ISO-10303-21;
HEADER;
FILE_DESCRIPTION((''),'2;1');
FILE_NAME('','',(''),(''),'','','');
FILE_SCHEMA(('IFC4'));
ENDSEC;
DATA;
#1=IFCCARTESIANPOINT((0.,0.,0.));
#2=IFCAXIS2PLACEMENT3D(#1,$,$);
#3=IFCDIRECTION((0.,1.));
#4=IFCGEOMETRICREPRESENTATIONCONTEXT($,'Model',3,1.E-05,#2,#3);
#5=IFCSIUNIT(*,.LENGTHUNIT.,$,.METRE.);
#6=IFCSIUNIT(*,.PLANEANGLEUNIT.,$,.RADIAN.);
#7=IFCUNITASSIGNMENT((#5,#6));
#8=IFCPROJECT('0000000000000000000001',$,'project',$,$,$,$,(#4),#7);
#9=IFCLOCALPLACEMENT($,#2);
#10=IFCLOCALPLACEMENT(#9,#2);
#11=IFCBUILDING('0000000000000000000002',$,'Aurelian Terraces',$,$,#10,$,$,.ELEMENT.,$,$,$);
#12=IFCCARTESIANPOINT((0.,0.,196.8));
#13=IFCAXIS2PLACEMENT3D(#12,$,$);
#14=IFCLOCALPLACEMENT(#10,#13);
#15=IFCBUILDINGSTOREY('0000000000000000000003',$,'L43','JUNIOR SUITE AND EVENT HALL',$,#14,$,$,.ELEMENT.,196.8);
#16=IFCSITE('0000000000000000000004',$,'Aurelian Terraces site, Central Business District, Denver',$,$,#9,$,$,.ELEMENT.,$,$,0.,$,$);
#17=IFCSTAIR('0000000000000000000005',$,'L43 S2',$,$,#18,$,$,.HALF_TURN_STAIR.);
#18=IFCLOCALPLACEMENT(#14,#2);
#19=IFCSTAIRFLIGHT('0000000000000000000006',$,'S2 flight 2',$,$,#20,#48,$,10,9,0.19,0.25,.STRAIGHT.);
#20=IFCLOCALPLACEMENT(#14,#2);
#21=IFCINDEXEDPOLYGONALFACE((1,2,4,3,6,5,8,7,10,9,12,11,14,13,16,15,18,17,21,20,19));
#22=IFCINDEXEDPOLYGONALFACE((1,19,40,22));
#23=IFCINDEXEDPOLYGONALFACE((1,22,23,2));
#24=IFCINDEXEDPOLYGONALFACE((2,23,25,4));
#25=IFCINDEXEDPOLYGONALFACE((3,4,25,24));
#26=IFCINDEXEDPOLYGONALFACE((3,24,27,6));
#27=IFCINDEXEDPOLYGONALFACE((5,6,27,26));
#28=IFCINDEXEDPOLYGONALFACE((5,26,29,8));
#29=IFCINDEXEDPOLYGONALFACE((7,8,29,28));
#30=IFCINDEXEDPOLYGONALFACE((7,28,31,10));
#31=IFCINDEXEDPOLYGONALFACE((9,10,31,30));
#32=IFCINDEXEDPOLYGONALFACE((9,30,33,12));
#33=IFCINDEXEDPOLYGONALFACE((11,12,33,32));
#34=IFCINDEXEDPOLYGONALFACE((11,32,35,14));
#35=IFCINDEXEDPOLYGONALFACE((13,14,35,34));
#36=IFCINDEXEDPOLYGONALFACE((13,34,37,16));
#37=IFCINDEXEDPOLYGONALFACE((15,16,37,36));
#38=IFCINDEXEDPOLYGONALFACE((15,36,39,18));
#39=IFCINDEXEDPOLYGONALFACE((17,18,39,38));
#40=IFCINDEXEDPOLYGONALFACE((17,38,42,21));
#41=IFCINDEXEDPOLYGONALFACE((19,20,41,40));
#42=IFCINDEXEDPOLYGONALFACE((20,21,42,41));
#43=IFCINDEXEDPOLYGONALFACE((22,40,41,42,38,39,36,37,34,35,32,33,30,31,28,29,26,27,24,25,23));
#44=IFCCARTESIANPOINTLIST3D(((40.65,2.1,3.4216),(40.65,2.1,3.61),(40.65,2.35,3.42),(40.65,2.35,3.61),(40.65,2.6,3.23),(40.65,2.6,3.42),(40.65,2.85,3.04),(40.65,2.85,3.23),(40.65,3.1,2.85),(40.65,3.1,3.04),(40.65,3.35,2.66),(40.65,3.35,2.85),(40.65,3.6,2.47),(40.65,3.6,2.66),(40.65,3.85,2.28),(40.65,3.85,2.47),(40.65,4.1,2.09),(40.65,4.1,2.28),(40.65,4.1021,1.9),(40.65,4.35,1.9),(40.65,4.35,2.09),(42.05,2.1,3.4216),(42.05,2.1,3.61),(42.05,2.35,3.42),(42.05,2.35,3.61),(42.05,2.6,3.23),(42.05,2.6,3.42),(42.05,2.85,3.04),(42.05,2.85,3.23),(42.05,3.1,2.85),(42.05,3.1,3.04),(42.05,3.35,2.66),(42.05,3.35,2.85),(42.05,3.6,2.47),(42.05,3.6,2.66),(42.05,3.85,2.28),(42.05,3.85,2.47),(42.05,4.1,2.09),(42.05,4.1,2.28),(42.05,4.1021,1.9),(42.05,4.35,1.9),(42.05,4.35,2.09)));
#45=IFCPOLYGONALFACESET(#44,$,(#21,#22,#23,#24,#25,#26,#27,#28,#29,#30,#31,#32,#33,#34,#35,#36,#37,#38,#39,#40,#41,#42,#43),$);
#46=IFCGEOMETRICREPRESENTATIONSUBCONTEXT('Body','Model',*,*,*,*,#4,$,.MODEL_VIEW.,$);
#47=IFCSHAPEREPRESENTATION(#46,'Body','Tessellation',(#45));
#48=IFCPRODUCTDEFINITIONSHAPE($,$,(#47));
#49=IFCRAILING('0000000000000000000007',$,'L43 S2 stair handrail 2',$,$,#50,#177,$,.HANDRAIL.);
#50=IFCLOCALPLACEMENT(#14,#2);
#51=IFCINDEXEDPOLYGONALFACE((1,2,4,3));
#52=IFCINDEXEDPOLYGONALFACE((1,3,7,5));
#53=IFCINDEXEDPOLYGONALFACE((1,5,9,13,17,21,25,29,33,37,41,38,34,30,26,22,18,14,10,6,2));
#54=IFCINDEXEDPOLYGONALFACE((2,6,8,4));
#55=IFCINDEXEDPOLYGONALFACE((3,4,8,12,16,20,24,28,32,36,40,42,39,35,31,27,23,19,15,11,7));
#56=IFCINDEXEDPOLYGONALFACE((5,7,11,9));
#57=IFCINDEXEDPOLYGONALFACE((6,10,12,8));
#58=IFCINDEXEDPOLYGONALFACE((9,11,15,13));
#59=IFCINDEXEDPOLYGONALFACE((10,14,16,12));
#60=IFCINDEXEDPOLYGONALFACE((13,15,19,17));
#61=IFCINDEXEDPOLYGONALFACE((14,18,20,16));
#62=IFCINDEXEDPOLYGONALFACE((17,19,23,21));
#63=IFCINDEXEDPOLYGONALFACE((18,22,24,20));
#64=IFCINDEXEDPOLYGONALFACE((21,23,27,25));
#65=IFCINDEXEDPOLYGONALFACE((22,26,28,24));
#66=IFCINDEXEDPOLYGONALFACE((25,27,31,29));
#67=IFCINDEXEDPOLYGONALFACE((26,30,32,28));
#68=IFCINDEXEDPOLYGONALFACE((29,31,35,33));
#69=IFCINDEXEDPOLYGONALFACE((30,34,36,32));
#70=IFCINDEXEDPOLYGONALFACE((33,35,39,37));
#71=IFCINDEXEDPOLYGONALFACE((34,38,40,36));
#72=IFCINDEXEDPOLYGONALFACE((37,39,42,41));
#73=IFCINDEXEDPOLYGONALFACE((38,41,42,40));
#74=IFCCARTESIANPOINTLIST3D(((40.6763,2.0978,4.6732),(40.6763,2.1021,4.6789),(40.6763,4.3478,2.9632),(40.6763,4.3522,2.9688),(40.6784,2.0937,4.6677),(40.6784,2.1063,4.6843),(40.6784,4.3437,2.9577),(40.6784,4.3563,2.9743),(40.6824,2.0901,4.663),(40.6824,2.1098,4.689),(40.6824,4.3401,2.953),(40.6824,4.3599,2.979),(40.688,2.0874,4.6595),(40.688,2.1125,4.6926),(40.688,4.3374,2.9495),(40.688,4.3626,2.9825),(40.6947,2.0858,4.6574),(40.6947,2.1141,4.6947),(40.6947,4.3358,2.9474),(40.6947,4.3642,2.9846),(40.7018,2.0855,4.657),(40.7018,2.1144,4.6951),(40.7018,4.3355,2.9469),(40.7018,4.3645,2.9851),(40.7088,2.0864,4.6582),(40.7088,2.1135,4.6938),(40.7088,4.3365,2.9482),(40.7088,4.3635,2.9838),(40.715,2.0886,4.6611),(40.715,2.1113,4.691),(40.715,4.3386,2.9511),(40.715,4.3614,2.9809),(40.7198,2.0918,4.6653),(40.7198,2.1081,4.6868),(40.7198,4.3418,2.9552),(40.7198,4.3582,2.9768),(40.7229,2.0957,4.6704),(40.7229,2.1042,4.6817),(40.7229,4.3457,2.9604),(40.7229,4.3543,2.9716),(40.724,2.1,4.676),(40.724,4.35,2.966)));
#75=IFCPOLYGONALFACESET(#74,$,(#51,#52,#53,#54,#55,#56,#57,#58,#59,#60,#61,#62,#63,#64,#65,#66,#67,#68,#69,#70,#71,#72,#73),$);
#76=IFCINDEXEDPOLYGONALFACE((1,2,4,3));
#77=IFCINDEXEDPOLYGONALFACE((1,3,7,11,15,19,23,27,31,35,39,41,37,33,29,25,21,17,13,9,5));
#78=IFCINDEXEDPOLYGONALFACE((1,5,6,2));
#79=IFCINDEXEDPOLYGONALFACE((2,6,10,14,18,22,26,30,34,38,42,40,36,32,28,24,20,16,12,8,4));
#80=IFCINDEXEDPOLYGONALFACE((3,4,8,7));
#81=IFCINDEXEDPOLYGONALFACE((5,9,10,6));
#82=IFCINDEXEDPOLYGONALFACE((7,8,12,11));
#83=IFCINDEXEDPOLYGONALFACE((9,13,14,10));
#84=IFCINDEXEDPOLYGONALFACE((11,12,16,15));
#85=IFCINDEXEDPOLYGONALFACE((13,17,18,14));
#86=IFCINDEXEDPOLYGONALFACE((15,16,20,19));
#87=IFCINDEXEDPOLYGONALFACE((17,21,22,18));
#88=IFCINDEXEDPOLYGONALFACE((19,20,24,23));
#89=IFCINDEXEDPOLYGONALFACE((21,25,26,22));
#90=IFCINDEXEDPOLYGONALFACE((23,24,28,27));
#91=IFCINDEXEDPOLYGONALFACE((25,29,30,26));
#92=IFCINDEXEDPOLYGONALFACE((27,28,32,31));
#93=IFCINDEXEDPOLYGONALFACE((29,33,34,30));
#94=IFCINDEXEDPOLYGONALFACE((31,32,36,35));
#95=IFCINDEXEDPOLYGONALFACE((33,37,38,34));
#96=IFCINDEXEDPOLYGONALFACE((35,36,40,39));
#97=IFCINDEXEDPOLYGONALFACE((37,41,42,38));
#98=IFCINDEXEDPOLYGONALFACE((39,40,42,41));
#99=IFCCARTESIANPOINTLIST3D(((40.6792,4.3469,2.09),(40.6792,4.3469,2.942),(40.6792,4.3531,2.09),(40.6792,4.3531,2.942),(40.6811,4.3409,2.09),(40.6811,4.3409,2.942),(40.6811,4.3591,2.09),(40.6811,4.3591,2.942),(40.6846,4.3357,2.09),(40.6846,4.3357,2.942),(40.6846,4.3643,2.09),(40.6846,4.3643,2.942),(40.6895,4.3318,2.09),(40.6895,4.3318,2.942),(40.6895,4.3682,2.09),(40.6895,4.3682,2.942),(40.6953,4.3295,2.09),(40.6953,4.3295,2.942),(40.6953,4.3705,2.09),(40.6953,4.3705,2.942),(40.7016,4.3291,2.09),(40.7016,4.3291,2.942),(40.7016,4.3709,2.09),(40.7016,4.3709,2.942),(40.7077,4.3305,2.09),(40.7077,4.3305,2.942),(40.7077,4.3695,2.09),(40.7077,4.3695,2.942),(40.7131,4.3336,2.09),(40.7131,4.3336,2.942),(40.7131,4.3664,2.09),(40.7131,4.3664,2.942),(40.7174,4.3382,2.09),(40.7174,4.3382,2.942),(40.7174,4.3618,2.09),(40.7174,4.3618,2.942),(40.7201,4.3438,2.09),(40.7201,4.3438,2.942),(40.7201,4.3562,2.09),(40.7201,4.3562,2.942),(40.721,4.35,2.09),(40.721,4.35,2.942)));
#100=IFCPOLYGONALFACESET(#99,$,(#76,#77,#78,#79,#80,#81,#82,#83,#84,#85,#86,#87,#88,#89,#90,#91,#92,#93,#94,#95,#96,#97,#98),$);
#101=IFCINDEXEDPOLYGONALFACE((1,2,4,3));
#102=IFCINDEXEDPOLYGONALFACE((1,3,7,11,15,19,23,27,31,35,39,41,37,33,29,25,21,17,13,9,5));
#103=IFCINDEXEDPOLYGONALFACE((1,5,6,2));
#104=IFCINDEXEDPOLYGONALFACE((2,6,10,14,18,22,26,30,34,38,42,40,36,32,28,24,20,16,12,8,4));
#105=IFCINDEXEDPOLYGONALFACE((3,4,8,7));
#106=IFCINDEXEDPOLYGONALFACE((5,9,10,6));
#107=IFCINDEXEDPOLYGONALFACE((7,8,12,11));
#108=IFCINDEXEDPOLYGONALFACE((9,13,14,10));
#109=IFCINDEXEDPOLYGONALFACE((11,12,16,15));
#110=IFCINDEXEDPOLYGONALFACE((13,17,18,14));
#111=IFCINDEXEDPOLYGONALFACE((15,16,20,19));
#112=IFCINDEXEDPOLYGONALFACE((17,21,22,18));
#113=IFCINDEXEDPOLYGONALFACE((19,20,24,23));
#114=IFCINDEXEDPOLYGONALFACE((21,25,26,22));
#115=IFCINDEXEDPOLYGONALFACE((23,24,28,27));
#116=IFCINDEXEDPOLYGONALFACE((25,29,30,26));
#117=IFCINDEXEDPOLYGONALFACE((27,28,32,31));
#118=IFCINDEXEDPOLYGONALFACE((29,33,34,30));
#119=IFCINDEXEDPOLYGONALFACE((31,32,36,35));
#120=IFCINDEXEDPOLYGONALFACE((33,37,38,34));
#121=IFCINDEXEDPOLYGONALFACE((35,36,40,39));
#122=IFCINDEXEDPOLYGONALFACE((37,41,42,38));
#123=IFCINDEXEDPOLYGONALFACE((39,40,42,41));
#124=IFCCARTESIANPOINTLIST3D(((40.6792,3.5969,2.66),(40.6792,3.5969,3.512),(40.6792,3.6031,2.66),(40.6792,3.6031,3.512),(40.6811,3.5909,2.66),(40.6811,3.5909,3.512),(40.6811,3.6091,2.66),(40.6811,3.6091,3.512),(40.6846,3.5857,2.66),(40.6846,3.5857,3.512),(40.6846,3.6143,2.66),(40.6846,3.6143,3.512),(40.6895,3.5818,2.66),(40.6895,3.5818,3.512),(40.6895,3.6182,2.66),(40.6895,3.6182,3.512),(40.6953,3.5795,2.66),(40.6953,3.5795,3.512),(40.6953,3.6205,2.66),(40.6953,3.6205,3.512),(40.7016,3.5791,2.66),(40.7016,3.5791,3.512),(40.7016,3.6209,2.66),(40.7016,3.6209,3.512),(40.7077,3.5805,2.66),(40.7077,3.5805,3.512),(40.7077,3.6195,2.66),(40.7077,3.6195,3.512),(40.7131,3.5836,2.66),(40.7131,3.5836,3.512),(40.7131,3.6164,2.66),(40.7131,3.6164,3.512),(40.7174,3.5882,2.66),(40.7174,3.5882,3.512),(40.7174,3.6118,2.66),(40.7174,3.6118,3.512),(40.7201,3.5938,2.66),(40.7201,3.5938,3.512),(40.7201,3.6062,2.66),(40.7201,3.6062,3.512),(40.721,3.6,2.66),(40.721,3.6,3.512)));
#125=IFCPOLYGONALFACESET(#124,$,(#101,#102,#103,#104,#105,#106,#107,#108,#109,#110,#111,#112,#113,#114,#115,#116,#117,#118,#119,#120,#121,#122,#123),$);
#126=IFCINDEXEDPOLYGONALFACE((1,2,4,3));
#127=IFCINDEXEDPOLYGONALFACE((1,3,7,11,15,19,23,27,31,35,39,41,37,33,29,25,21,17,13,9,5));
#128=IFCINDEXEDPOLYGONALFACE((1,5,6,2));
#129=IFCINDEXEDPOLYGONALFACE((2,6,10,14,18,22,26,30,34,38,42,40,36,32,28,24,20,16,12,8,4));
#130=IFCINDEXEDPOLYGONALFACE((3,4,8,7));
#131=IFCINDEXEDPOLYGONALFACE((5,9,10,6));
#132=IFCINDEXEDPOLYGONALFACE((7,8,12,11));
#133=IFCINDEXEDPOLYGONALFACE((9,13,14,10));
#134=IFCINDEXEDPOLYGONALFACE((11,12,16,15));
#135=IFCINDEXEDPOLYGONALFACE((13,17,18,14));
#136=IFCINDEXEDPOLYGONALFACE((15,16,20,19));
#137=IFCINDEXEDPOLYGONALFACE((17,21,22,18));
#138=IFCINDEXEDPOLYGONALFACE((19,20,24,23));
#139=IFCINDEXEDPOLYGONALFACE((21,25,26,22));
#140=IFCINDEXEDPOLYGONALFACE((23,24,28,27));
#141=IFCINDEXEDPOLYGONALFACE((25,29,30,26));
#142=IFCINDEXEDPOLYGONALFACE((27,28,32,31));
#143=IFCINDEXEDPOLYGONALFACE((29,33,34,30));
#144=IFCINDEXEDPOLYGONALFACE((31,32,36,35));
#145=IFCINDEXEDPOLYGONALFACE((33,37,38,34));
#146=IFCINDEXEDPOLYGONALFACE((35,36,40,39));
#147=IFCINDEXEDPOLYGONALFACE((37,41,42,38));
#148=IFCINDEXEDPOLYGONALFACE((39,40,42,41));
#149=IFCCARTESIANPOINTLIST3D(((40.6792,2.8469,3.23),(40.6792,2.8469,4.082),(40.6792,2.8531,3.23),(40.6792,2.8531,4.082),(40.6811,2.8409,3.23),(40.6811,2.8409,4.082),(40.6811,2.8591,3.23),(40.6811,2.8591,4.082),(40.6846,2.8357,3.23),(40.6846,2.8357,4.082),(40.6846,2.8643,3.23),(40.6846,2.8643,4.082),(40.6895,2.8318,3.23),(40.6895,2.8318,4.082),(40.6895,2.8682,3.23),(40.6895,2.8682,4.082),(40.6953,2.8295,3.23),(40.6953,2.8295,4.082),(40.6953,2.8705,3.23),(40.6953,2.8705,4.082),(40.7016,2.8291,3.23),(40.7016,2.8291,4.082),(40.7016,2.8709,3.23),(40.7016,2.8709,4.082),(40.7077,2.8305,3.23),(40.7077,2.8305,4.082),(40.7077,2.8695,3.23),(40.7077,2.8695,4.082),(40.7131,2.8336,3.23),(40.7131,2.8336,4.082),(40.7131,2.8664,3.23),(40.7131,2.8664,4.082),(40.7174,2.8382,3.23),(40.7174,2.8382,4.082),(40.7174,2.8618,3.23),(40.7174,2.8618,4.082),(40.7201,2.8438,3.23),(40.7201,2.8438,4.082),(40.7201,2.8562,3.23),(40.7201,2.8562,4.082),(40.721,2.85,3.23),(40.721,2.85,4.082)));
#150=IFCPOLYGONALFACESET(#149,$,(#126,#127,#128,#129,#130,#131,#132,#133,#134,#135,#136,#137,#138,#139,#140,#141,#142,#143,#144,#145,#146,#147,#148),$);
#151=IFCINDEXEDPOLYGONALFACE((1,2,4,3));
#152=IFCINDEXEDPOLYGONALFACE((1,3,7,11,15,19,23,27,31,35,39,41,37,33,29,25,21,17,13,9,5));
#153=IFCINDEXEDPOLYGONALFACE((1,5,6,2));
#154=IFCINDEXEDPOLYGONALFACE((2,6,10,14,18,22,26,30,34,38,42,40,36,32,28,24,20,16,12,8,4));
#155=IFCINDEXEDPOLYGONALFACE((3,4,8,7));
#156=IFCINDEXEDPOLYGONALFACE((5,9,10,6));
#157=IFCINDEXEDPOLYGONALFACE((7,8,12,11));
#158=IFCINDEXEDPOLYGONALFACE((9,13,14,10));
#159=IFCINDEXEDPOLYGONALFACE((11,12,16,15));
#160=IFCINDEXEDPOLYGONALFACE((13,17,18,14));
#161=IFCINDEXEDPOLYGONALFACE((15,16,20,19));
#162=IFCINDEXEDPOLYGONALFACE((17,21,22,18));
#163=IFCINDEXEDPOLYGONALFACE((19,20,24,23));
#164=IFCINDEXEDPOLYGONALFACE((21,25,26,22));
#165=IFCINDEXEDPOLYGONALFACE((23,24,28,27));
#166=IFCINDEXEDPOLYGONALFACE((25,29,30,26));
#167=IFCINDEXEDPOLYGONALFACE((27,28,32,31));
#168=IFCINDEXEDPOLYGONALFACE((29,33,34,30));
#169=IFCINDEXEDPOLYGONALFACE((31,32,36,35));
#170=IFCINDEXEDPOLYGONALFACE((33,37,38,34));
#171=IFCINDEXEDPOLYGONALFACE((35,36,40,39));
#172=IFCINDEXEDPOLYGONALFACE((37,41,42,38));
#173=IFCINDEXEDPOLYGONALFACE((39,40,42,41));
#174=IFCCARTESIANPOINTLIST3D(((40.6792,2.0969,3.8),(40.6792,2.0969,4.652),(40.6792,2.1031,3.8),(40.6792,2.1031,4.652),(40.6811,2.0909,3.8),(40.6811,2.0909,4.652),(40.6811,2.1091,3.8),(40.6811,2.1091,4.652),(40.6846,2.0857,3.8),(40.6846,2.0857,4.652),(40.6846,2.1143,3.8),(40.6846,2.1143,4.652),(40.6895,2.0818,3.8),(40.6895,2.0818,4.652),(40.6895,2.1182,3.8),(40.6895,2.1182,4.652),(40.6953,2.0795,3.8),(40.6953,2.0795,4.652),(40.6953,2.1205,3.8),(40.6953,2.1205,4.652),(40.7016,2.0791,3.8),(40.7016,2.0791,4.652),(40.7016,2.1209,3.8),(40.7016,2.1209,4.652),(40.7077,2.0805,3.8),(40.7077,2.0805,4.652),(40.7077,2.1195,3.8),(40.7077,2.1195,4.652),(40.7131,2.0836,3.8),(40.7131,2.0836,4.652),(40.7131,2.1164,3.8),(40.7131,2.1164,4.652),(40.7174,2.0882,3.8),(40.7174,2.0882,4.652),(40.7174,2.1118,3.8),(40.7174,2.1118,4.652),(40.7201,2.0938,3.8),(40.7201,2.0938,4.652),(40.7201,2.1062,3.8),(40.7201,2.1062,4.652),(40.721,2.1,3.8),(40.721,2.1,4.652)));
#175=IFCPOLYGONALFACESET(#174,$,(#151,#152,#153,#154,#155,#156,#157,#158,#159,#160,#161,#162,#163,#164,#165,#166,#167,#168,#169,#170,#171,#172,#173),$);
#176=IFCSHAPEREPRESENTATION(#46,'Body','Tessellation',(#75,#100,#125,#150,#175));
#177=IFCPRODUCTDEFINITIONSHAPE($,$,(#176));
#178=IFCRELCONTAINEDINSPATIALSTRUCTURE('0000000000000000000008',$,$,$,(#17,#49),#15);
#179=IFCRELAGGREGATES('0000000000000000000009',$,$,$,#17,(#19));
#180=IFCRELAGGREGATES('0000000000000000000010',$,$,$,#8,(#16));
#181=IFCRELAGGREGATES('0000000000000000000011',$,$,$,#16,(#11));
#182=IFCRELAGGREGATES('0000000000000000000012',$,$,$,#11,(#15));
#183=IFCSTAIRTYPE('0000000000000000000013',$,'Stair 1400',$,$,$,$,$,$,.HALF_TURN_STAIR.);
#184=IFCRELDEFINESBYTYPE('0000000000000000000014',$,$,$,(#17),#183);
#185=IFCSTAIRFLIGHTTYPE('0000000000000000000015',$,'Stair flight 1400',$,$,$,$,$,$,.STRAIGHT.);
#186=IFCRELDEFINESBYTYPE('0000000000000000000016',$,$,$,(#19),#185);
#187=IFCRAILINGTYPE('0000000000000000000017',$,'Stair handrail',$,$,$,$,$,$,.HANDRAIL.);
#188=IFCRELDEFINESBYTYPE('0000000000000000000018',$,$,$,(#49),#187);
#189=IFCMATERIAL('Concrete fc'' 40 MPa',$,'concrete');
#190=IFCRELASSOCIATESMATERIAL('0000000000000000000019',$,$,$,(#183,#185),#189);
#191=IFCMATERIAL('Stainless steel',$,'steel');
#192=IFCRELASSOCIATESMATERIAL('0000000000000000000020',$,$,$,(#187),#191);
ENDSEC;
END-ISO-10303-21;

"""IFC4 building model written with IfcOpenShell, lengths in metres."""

from ifc_helpers import new_model, si_unit, direction, frame, origin, origin_2d, place, context, subcontext, project, spatial, polyline, circle, outline, extrude, source, transform, mapped, material, type_object, element, aggregate, save


model = new_model("IFC4")

# Units and contexts
model_context = context("Model", 3, precision=1e-05, world=origin(), true_north=direction((0.0, 1.0)))
body_context = subcontext(model_context, "Body", "Model", "MODEL_VIEW")
ifc_project = project(units=[si_unit("LENGTHUNIT", "METRE"), si_unit("PLANEANGLEUNIT", "RADIAN")], contexts=[model_context])

# Site, building, storey
site_placement = place(None, origin())
site = spatial("IfcSite", under=ifc_project, at=site_placement, Name="Aurelian Terraces site, Central Business District, Denver", CompositionType="ELEMENT", RefElevation=0.0)
building_placement = place(site_placement, origin())
building = spatial("IfcBuilding", under=site, at=building_placement, Name="Aurelian Terraces", CompositionType="ELEMENT")
storey_placement = place(building_placement, frame((0.0, 0.0, 196.8)))
storey = spatial("IfcBuildingStorey", under=building, at=storey_placement, Name="L43", Description="JUNIOR SUITE AND EVENT HALL", CompositionType="ELEMENT", Elevation=196.8)

# Shared definitions
ifc_material_1 = material(Name="Concrete fc' 40 MPa", Category="concrete")

# Stair, stair flight
stair_type = type_object("IfcStairType", Name="Stair 1400", PredefinedType="HALF_TURN_STAIR", material=ifc_material_1)
stair_placement = place(storey_placement, origin())
stair = element("IfcStair", 1, at=stair_placement, inside=storey, type_object=stair_type, Name="L43 S2", PredefinedType="HALF_TURN_STAIR")
stair_flight_type = type_object("IfcStairFlightType", Name="Stair flight 1400", PredefinedType="STRAIGHT", material=ifc_material_1)
shared_shape_1 = source(origin(), body_context, "Body", "SweptSolid", [
    extrude(outline(polyline([(0.0, 0.0), (0.0, 0.19), (0.25, 0.19), (0.25, 0.38), (0.5, 0.38), (0.5, 0.57), (0.75, 0.57), (0.75, 0.76), (1.0, 0.76), (1.0, 0.95), (1.25, 0.95), (1.25, 1.14), (1.5, 1.14), (1.5, 1.33), (1.75, 1.33), (1.75, 1.52), (2.0, 1.52), (2.0, 1.71), (2.25, 1.71), (2.25, 1.9), (2.25, 1.5216), (0.2479, 0.0), (0.0, 0.0)])), frame((0.0, 0.7, 0.0), z_axis=(0.0, -1.0, 0.0), x_axis=(1.0, 0.0, 0.0)), (0.0, 0.0, 1.0), 1.4),
])
stair_flight_placement = place(storey_placement, frame((41.35, 4.35, 1.9), z_axis=(0.0, 0.0, 1.0), x_axis=(0.0, -1.0, 0.0)))
stair_flight = element("IfcStairFlight", 2, at=stair_flight_placement, type_object=stair_flight_type, Name="S2 flight 2", NumberOfRisers=10, NumberOfTreads=9, PredefinedType="STRAIGHT", RiserHeight=0.19, TreadLength=0.25, context=body_context, shape_type="MappedRepresentation", body=[
    mapped(shared_shape_1, transform((0.0, 0.0, 0.0), scale=1.0)),
])
aggregate(stair, [stair_flight])

# Railing
ifc_material_2 = material(Name="Stainless steel", Category="steel")
railing_type = type_object("IfcRailingType", Name="Stair handrail", PredefinedType="HANDRAIL", material=ifc_material_2)
shared_shape_2 = source(origin(), body_context, "Body", "SweptSolid", [
    extrude(circle(Radius=0.024, at=origin_2d()), frame((0.0, 0.0, 0.876), z_axis=(0.0, -0.796162, 0.605083), x_axis=(1.0, 0.0, 0.0)), (0.0, 0.0, 1.0), 2.8261),
    extrude(circle(Radius=0.021, at=origin_2d()), origin(), (0.0, 0.0, 1.0), 0.852),
    extrude(circle(Radius=0.021, at=origin_2d()), frame((0.0, -0.75, 0.57)), (0.0, 0.0, 1.0), 0.852),
    extrude(circle(Radius=0.021, at=origin_2d()), frame((0.0, -1.5, 1.14)), (0.0, 0.0, 1.0), 0.852),
    extrude(circle(Radius=0.021, at=origin_2d()), frame((0.0, -2.25, 1.71)), (0.0, 0.0, 1.0), 0.852),
])
railing_placement = place(storey_placement, frame((40.7, 4.35, 2.09)))
element("IfcRailing", 3, at=railing_placement, inside=storey, type_object=railing_type, Name="L43 S2 stair handrail 2", PredefinedType="HANDRAIL", context=body_context, shape_type="MappedRepresentation", body=[
    mapped(shared_shape_2, transform((0.0, 0.0, 0.0), scale=1.0)),
])

save(model, "model.ifc")
